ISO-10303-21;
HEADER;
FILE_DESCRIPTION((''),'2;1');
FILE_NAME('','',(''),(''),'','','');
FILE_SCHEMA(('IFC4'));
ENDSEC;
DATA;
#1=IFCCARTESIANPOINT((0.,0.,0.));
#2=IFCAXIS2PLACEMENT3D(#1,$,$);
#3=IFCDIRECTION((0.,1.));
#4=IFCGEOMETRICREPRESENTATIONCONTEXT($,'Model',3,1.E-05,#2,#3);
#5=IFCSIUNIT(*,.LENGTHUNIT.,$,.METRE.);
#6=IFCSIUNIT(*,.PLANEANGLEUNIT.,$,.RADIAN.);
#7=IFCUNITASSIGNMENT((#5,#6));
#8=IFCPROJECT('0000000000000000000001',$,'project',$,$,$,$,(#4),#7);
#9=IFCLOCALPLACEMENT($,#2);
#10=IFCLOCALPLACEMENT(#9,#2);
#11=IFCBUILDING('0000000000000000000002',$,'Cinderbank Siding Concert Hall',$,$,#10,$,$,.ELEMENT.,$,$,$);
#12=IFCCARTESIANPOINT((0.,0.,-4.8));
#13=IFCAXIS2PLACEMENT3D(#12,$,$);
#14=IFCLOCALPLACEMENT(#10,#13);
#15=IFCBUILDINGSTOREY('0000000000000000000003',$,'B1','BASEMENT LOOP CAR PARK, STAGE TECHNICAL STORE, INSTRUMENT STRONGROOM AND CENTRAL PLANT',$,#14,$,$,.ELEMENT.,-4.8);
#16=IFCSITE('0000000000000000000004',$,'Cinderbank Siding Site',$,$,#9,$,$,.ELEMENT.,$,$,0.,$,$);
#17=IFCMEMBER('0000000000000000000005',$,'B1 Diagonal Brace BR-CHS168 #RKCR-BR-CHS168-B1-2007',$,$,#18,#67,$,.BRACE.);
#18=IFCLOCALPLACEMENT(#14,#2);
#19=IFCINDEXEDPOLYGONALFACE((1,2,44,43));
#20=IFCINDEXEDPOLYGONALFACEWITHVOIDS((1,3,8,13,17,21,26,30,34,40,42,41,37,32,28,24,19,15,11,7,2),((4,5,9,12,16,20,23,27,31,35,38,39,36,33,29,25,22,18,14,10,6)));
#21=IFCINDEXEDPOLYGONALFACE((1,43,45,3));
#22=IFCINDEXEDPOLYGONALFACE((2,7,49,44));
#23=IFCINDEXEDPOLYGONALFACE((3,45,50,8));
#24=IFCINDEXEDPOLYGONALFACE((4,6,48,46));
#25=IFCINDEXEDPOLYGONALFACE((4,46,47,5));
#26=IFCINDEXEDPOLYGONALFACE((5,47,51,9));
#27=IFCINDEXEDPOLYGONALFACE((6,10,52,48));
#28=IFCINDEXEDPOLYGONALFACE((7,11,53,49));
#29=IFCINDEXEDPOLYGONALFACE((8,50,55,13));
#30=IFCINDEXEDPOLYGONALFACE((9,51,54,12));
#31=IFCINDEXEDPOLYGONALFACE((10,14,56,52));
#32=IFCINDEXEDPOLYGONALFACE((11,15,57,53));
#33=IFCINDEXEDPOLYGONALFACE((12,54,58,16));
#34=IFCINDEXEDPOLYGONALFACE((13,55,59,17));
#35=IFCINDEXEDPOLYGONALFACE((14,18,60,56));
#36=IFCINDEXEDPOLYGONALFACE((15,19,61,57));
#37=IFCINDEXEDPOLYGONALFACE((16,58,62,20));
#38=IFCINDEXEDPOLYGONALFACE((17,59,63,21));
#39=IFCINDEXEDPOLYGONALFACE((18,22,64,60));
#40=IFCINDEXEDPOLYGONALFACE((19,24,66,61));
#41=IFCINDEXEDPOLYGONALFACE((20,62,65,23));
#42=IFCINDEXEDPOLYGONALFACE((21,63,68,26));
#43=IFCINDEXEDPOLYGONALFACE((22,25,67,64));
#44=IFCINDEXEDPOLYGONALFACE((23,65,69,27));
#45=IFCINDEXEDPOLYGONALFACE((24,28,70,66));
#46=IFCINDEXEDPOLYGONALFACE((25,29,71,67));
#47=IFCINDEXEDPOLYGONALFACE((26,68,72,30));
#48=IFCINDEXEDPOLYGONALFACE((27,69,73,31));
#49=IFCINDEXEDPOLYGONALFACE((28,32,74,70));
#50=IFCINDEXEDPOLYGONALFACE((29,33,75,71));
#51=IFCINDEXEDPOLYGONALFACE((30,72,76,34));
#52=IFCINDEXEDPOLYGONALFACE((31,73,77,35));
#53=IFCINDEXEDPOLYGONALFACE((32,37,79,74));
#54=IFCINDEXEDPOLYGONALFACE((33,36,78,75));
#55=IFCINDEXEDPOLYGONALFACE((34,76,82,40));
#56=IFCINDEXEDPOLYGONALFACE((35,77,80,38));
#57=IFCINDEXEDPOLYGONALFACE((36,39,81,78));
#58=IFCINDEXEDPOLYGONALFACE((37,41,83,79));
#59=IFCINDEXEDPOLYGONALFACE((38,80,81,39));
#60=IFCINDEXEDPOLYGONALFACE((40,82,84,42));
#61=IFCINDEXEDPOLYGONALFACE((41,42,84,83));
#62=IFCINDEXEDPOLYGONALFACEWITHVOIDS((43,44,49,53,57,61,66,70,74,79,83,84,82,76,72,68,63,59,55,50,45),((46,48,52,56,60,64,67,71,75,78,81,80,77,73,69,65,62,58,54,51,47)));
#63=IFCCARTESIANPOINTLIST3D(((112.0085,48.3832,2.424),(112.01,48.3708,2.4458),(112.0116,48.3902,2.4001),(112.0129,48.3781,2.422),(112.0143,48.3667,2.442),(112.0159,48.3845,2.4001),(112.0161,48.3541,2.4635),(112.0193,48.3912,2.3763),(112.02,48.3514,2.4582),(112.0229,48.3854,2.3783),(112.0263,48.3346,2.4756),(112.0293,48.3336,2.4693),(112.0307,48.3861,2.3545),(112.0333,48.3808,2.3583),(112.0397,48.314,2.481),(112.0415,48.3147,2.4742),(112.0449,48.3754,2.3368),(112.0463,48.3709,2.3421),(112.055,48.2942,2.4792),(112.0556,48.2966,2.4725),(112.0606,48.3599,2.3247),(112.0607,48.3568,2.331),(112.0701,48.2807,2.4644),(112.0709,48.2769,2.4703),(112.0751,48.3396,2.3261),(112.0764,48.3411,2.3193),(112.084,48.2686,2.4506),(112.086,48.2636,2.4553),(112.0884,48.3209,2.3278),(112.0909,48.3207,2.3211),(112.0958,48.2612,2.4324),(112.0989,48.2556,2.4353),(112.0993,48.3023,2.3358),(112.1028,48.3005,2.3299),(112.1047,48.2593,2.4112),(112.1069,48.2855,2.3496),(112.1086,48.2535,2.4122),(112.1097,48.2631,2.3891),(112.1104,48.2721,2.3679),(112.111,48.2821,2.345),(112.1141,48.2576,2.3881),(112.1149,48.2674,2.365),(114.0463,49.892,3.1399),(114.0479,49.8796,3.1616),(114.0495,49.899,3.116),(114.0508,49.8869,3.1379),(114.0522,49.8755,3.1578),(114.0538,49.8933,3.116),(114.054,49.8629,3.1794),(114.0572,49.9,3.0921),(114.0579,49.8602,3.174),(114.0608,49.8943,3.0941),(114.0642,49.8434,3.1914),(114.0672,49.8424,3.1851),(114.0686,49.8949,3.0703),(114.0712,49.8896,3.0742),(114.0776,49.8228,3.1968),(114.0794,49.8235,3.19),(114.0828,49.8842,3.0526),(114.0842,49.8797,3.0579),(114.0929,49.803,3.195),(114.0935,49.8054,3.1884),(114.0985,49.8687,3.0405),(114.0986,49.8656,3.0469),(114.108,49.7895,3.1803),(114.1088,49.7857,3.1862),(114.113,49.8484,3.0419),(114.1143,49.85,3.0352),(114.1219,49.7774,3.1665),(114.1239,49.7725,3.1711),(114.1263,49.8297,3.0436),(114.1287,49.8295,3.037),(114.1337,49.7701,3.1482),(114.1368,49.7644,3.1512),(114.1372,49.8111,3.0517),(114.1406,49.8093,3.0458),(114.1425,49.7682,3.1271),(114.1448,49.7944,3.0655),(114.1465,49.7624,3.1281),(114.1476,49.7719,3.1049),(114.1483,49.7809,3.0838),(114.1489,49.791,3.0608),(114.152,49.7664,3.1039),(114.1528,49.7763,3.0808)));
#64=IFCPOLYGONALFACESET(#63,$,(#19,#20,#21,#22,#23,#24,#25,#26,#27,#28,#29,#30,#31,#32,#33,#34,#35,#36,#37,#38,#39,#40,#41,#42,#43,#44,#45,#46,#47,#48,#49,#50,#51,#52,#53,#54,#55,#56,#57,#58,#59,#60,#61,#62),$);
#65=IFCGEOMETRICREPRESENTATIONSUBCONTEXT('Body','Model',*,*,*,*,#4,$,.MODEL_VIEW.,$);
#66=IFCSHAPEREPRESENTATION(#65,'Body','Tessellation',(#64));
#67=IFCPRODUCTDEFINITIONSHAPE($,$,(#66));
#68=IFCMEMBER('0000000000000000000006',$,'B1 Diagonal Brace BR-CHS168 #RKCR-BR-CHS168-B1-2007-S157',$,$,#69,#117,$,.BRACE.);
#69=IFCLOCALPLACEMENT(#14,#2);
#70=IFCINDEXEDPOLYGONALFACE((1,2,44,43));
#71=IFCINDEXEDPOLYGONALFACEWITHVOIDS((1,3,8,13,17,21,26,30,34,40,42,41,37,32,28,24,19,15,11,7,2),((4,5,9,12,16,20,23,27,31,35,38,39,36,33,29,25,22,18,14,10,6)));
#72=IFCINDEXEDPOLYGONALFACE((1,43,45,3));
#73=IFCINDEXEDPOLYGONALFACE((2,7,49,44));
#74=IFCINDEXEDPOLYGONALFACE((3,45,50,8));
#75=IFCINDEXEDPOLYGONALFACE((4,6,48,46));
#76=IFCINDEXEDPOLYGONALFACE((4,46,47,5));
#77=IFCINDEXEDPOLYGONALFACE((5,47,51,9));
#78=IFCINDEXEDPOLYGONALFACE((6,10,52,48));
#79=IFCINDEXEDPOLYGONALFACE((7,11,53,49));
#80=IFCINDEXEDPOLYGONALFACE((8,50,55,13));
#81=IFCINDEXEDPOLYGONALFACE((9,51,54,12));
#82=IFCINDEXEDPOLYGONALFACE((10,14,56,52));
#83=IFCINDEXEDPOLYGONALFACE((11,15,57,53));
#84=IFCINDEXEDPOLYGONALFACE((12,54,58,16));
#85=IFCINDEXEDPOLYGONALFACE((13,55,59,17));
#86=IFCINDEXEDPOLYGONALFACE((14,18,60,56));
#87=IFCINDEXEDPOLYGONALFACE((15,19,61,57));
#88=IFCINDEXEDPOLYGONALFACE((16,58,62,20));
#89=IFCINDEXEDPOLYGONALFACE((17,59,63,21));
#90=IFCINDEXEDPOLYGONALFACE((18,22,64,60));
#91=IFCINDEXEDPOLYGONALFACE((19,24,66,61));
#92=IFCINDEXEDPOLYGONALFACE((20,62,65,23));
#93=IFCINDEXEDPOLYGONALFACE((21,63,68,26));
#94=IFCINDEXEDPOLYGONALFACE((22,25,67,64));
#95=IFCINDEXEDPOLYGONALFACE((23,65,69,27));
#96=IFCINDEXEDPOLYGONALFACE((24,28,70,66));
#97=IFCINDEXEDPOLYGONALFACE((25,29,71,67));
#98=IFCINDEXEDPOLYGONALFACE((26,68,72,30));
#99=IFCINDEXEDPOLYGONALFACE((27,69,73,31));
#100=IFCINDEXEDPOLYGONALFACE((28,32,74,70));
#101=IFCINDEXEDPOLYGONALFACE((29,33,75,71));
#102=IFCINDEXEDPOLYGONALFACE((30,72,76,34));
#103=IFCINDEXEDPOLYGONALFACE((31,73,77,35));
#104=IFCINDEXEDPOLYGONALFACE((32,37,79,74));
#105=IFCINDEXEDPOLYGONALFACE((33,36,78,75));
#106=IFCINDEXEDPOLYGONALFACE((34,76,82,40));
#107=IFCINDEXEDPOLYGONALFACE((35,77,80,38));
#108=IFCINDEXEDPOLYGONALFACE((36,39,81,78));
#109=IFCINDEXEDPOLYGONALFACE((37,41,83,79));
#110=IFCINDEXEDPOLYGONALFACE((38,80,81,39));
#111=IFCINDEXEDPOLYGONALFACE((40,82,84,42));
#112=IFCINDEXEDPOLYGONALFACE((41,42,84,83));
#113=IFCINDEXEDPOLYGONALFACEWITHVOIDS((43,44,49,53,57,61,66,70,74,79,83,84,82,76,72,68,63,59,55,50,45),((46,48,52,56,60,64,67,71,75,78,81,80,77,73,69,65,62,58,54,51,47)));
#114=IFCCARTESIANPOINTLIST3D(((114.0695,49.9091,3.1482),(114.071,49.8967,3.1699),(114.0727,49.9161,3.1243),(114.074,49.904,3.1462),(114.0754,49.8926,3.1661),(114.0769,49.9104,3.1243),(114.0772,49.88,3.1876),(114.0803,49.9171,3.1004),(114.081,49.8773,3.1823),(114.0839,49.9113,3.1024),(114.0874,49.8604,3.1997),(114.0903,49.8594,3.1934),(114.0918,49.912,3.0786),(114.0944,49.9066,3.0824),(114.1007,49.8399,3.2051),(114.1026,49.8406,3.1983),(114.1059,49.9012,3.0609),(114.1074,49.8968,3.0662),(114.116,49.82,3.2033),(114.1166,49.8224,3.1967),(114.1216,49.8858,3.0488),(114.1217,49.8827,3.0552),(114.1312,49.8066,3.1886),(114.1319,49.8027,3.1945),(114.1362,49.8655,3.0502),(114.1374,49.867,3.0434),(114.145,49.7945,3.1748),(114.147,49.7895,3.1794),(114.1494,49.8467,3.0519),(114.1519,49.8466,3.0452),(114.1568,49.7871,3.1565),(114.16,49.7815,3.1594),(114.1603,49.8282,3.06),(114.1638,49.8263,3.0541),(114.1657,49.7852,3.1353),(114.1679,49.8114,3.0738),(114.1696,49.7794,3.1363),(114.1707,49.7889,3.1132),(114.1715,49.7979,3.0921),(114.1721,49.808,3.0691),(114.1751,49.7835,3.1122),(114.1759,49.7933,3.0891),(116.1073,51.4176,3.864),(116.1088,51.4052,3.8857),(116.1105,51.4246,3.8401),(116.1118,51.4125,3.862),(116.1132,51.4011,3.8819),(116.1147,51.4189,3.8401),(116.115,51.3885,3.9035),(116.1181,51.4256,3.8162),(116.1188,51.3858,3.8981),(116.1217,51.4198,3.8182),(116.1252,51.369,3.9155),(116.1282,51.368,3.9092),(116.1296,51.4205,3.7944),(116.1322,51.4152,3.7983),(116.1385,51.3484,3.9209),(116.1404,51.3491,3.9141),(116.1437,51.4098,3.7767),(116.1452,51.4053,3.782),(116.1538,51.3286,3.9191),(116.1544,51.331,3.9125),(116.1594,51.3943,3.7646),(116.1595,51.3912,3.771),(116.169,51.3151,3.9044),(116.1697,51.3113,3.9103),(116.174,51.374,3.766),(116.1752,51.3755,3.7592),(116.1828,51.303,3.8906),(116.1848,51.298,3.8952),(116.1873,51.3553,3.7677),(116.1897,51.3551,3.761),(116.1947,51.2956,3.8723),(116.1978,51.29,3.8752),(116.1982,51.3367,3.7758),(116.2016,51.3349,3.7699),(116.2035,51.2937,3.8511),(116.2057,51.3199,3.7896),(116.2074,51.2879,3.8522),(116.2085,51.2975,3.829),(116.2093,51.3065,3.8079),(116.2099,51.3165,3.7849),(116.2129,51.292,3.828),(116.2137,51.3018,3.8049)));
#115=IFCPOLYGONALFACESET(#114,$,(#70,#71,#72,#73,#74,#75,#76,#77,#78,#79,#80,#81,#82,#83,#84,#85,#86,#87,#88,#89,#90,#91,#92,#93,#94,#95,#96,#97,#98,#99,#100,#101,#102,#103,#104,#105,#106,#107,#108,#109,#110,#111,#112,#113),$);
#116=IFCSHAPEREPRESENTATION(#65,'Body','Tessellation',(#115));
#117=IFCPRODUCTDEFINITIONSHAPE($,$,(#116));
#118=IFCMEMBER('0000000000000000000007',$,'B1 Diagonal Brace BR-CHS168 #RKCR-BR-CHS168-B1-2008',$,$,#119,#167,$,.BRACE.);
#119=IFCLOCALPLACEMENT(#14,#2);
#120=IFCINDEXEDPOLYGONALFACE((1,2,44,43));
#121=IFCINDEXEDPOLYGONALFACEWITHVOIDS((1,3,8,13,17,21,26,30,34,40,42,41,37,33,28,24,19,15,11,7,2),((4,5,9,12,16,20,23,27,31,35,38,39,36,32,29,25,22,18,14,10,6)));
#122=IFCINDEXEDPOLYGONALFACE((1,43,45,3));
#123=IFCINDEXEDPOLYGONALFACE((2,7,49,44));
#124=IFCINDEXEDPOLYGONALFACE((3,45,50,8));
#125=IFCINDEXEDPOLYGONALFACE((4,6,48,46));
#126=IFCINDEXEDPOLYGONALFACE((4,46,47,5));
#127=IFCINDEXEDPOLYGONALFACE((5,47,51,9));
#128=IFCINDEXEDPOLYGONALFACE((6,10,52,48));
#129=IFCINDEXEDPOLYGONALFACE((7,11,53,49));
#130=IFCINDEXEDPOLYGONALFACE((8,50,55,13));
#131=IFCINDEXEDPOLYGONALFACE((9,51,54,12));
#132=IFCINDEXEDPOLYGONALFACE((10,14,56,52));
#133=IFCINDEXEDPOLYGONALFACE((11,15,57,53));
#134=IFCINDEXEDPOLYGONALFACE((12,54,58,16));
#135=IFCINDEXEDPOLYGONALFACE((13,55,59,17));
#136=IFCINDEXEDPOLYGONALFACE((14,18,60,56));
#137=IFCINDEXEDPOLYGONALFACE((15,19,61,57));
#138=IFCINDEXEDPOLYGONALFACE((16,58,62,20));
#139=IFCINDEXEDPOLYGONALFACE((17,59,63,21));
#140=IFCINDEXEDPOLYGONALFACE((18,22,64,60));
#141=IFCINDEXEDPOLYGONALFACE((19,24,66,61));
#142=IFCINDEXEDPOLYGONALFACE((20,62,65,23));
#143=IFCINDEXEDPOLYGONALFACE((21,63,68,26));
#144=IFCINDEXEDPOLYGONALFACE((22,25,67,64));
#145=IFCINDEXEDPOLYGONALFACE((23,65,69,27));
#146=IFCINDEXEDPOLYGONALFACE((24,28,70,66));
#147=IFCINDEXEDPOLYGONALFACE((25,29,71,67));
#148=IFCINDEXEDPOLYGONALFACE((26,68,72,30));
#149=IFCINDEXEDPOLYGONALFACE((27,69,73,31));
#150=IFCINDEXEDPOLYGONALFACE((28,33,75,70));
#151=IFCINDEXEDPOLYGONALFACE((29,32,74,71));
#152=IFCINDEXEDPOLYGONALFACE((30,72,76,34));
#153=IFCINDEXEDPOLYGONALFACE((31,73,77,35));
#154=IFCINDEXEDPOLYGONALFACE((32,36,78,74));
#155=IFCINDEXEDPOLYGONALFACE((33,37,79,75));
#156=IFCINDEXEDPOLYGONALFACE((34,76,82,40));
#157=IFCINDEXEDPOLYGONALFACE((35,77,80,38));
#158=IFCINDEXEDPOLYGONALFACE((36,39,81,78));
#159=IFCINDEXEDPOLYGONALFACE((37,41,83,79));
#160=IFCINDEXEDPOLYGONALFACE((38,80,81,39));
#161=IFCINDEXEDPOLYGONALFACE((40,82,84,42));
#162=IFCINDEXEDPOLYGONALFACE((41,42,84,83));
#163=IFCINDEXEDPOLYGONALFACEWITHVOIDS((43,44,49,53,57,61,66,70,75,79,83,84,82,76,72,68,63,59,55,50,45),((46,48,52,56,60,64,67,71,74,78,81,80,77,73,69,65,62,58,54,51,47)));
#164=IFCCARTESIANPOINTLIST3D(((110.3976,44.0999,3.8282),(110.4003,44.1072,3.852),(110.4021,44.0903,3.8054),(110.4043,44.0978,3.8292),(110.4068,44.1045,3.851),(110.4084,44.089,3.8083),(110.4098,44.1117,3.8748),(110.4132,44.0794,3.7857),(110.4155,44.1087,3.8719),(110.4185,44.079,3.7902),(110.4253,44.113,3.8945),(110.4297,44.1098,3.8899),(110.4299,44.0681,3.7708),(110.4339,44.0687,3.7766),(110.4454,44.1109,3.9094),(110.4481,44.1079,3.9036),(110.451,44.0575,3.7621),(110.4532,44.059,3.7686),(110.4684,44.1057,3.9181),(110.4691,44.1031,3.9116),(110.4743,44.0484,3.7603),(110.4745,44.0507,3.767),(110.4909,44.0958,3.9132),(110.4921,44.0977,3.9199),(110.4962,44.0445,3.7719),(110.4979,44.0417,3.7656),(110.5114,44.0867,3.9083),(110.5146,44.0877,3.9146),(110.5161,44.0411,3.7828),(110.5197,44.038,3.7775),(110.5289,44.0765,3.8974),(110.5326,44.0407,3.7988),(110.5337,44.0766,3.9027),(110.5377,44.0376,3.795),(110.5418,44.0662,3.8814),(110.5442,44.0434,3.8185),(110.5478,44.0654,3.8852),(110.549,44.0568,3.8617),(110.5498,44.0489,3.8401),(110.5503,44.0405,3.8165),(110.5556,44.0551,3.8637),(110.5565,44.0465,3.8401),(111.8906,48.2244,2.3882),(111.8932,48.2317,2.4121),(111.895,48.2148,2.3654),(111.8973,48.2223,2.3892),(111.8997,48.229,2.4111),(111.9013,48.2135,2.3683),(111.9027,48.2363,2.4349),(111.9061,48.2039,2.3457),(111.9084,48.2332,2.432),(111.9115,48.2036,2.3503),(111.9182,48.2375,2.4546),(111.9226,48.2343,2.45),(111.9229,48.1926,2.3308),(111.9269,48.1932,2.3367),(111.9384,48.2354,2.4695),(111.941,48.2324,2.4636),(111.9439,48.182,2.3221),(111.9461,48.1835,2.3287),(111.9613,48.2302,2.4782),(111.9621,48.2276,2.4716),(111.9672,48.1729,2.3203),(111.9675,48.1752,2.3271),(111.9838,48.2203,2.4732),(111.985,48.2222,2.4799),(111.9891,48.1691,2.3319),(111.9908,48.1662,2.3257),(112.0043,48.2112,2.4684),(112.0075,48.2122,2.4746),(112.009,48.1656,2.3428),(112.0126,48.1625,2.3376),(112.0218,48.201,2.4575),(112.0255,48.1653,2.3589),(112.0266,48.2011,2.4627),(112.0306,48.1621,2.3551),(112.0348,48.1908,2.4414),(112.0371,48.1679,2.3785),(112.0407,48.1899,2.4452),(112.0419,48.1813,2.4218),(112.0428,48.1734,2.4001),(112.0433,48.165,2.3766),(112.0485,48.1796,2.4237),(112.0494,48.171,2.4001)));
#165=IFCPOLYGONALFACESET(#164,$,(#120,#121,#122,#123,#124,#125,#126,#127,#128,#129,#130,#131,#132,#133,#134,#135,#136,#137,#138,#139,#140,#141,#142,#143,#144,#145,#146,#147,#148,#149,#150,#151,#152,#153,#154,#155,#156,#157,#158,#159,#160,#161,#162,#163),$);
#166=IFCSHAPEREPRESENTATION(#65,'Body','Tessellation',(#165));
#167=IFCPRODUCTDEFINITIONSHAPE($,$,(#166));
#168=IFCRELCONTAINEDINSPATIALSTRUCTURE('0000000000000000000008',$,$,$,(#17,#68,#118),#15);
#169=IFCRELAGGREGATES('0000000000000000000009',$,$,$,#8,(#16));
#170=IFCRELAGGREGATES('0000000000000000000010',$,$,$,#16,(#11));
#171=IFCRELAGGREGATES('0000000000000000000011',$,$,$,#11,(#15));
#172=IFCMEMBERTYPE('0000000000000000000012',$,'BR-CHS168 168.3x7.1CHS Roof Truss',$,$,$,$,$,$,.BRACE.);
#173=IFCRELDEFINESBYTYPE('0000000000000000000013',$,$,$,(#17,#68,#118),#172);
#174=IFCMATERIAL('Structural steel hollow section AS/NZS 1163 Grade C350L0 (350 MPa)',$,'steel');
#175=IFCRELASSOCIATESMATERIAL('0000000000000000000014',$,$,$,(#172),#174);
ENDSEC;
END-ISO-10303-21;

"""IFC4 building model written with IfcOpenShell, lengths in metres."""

from ifc_helpers import new_model, si_unit, direction, frame, origin, origin_2d, place, context, subcontext, project, spatial, hollow_circle, extrude, material, material_profile, profile_set, type_object, element, save


model = new_model("IFC4")

# Units and contexts
model_context = context("Model", 3, precision=1e-05, world=origin(), true_north=direction((0.0, 1.0)))
body_context = subcontext(model_context, "Body", "Model", "MODEL_VIEW")
ifc_project = project(units=[si_unit("LENGTHUNIT", "METRE"), si_unit("PLANEANGLEUNIT", "RADIAN")], contexts=[model_context])

# Site, building, storey
site_placement = place(None, origin())
site = spatial("IfcSite", under=ifc_project, at=site_placement, Name="Cinderbank Siding Site", CompositionType="ELEMENT", RefElevation=0.0)
building_placement = place(site_placement, origin())
building = spatial("IfcBuilding", under=site, at=building_placement, Name="Cinderbank Siding Concert Hall", CompositionType="ELEMENT")
storey_placement = place(building_placement, frame((0.0, 0.0, -4.8)))
storey = spatial("IfcBuildingStorey", under=building, at=storey_placement, Name="B1", Description="BASEMENT LOOP CAR PARK, STAGE TECHNICAL STORE, INSTRUMENT STRONGROOM AND CENTRAL PLANT", CompositionType="ELEMENT", Elevation=-4.8)

# Members
ifc_material_1 = material(Name="Structural steel hollow section AS/NZS 1163 Grade C350L0 (350 MPa)", Category="steel")
ifc_material_profile_1 = material_profile(ifc_material_1, hollow_circle(Radius=0.0842, WallThickness=0.0071, at=origin_2d()), Name="168.3x7.1CHS", Category="LoadBearing")
ifc_profile_set_1 = profile_set([ifc_material_profile_1], Name="Structural steel hollow section AS/NZS 1163 Grade C350L0 (350 MPa)")
member_type = type_object("IfcMemberType", Name="BR-CHS168 168.3x7.1CHS Roof Truss", PredefinedType="BRACE", material=ifc_profile_set_1)
member_1_placement = place(storey_placement, frame((112.0618, 48.3225, 2.4001), z_axis=(0.773463, 0.572661, 0.27169), x_axis=(-0.595043, 0.803694, 0.0)))
element("IfcMember", 1, at=member_1_placement, inside=storey, type_object=member_type, Name="B1 Diagonal Brace BR-CHS168 #RKCR-BR-CHS168-B1-2007", PredefinedType="BRACE", context=body_context, shape_type="SweptSolid", body=[
    extrude(hollow_circle(Radius=0.0842, WallThickness=0.0071, at=origin_2d()), origin(), (0.0, 0.0, 1.0), 2.6348),
])
member_2_placement = place(storey_placement, frame((114.1228, 49.8484, 3.1243), z_axis=(0.773504, 0.572598, 0.271704), x_axis=(-0.594981, 0.80374, 0.0)))
element("IfcMember", 2, at=member_2_placement, inside=storey, type_object=member_type, Name="B1 Diagonal Brace BR-CHS168 #RKCR-BR-CHS168-B1-2007-S157", PredefinedType="BRACE", context=body_context, shape_type="SweptSolid", body=[
    extrude(hollow_circle(Radius=0.0842, WallThickness=0.0071, at=origin_2d()), origin(), (0.0, 0.0, 1.0), 2.6345),
])
member_3_placement = place(storey_placement, frame((111.9702, 48.1997, 2.4001), z_axis=(-0.323374, -0.893391, 0.311899), x_axis=(0.940298, -0.340353, 0.0)))
element("IfcMember", 3, at=member_3_placement, inside=storey, type_object=member_type, Name="B1 Diagonal Brace BR-CHS168 #RKCR-BR-CHS168-B1-2008", PredefinedType="BRACE", context=body_context, shape_type="SweptSolid", body=[
    extrude(hollow_circle(Radius=0.0842, WallThickness=0.0071, at=origin_2d()), origin(), (0.0, 0.0, 1.0), 4.6167),
])

save(model, "model.ifc")
